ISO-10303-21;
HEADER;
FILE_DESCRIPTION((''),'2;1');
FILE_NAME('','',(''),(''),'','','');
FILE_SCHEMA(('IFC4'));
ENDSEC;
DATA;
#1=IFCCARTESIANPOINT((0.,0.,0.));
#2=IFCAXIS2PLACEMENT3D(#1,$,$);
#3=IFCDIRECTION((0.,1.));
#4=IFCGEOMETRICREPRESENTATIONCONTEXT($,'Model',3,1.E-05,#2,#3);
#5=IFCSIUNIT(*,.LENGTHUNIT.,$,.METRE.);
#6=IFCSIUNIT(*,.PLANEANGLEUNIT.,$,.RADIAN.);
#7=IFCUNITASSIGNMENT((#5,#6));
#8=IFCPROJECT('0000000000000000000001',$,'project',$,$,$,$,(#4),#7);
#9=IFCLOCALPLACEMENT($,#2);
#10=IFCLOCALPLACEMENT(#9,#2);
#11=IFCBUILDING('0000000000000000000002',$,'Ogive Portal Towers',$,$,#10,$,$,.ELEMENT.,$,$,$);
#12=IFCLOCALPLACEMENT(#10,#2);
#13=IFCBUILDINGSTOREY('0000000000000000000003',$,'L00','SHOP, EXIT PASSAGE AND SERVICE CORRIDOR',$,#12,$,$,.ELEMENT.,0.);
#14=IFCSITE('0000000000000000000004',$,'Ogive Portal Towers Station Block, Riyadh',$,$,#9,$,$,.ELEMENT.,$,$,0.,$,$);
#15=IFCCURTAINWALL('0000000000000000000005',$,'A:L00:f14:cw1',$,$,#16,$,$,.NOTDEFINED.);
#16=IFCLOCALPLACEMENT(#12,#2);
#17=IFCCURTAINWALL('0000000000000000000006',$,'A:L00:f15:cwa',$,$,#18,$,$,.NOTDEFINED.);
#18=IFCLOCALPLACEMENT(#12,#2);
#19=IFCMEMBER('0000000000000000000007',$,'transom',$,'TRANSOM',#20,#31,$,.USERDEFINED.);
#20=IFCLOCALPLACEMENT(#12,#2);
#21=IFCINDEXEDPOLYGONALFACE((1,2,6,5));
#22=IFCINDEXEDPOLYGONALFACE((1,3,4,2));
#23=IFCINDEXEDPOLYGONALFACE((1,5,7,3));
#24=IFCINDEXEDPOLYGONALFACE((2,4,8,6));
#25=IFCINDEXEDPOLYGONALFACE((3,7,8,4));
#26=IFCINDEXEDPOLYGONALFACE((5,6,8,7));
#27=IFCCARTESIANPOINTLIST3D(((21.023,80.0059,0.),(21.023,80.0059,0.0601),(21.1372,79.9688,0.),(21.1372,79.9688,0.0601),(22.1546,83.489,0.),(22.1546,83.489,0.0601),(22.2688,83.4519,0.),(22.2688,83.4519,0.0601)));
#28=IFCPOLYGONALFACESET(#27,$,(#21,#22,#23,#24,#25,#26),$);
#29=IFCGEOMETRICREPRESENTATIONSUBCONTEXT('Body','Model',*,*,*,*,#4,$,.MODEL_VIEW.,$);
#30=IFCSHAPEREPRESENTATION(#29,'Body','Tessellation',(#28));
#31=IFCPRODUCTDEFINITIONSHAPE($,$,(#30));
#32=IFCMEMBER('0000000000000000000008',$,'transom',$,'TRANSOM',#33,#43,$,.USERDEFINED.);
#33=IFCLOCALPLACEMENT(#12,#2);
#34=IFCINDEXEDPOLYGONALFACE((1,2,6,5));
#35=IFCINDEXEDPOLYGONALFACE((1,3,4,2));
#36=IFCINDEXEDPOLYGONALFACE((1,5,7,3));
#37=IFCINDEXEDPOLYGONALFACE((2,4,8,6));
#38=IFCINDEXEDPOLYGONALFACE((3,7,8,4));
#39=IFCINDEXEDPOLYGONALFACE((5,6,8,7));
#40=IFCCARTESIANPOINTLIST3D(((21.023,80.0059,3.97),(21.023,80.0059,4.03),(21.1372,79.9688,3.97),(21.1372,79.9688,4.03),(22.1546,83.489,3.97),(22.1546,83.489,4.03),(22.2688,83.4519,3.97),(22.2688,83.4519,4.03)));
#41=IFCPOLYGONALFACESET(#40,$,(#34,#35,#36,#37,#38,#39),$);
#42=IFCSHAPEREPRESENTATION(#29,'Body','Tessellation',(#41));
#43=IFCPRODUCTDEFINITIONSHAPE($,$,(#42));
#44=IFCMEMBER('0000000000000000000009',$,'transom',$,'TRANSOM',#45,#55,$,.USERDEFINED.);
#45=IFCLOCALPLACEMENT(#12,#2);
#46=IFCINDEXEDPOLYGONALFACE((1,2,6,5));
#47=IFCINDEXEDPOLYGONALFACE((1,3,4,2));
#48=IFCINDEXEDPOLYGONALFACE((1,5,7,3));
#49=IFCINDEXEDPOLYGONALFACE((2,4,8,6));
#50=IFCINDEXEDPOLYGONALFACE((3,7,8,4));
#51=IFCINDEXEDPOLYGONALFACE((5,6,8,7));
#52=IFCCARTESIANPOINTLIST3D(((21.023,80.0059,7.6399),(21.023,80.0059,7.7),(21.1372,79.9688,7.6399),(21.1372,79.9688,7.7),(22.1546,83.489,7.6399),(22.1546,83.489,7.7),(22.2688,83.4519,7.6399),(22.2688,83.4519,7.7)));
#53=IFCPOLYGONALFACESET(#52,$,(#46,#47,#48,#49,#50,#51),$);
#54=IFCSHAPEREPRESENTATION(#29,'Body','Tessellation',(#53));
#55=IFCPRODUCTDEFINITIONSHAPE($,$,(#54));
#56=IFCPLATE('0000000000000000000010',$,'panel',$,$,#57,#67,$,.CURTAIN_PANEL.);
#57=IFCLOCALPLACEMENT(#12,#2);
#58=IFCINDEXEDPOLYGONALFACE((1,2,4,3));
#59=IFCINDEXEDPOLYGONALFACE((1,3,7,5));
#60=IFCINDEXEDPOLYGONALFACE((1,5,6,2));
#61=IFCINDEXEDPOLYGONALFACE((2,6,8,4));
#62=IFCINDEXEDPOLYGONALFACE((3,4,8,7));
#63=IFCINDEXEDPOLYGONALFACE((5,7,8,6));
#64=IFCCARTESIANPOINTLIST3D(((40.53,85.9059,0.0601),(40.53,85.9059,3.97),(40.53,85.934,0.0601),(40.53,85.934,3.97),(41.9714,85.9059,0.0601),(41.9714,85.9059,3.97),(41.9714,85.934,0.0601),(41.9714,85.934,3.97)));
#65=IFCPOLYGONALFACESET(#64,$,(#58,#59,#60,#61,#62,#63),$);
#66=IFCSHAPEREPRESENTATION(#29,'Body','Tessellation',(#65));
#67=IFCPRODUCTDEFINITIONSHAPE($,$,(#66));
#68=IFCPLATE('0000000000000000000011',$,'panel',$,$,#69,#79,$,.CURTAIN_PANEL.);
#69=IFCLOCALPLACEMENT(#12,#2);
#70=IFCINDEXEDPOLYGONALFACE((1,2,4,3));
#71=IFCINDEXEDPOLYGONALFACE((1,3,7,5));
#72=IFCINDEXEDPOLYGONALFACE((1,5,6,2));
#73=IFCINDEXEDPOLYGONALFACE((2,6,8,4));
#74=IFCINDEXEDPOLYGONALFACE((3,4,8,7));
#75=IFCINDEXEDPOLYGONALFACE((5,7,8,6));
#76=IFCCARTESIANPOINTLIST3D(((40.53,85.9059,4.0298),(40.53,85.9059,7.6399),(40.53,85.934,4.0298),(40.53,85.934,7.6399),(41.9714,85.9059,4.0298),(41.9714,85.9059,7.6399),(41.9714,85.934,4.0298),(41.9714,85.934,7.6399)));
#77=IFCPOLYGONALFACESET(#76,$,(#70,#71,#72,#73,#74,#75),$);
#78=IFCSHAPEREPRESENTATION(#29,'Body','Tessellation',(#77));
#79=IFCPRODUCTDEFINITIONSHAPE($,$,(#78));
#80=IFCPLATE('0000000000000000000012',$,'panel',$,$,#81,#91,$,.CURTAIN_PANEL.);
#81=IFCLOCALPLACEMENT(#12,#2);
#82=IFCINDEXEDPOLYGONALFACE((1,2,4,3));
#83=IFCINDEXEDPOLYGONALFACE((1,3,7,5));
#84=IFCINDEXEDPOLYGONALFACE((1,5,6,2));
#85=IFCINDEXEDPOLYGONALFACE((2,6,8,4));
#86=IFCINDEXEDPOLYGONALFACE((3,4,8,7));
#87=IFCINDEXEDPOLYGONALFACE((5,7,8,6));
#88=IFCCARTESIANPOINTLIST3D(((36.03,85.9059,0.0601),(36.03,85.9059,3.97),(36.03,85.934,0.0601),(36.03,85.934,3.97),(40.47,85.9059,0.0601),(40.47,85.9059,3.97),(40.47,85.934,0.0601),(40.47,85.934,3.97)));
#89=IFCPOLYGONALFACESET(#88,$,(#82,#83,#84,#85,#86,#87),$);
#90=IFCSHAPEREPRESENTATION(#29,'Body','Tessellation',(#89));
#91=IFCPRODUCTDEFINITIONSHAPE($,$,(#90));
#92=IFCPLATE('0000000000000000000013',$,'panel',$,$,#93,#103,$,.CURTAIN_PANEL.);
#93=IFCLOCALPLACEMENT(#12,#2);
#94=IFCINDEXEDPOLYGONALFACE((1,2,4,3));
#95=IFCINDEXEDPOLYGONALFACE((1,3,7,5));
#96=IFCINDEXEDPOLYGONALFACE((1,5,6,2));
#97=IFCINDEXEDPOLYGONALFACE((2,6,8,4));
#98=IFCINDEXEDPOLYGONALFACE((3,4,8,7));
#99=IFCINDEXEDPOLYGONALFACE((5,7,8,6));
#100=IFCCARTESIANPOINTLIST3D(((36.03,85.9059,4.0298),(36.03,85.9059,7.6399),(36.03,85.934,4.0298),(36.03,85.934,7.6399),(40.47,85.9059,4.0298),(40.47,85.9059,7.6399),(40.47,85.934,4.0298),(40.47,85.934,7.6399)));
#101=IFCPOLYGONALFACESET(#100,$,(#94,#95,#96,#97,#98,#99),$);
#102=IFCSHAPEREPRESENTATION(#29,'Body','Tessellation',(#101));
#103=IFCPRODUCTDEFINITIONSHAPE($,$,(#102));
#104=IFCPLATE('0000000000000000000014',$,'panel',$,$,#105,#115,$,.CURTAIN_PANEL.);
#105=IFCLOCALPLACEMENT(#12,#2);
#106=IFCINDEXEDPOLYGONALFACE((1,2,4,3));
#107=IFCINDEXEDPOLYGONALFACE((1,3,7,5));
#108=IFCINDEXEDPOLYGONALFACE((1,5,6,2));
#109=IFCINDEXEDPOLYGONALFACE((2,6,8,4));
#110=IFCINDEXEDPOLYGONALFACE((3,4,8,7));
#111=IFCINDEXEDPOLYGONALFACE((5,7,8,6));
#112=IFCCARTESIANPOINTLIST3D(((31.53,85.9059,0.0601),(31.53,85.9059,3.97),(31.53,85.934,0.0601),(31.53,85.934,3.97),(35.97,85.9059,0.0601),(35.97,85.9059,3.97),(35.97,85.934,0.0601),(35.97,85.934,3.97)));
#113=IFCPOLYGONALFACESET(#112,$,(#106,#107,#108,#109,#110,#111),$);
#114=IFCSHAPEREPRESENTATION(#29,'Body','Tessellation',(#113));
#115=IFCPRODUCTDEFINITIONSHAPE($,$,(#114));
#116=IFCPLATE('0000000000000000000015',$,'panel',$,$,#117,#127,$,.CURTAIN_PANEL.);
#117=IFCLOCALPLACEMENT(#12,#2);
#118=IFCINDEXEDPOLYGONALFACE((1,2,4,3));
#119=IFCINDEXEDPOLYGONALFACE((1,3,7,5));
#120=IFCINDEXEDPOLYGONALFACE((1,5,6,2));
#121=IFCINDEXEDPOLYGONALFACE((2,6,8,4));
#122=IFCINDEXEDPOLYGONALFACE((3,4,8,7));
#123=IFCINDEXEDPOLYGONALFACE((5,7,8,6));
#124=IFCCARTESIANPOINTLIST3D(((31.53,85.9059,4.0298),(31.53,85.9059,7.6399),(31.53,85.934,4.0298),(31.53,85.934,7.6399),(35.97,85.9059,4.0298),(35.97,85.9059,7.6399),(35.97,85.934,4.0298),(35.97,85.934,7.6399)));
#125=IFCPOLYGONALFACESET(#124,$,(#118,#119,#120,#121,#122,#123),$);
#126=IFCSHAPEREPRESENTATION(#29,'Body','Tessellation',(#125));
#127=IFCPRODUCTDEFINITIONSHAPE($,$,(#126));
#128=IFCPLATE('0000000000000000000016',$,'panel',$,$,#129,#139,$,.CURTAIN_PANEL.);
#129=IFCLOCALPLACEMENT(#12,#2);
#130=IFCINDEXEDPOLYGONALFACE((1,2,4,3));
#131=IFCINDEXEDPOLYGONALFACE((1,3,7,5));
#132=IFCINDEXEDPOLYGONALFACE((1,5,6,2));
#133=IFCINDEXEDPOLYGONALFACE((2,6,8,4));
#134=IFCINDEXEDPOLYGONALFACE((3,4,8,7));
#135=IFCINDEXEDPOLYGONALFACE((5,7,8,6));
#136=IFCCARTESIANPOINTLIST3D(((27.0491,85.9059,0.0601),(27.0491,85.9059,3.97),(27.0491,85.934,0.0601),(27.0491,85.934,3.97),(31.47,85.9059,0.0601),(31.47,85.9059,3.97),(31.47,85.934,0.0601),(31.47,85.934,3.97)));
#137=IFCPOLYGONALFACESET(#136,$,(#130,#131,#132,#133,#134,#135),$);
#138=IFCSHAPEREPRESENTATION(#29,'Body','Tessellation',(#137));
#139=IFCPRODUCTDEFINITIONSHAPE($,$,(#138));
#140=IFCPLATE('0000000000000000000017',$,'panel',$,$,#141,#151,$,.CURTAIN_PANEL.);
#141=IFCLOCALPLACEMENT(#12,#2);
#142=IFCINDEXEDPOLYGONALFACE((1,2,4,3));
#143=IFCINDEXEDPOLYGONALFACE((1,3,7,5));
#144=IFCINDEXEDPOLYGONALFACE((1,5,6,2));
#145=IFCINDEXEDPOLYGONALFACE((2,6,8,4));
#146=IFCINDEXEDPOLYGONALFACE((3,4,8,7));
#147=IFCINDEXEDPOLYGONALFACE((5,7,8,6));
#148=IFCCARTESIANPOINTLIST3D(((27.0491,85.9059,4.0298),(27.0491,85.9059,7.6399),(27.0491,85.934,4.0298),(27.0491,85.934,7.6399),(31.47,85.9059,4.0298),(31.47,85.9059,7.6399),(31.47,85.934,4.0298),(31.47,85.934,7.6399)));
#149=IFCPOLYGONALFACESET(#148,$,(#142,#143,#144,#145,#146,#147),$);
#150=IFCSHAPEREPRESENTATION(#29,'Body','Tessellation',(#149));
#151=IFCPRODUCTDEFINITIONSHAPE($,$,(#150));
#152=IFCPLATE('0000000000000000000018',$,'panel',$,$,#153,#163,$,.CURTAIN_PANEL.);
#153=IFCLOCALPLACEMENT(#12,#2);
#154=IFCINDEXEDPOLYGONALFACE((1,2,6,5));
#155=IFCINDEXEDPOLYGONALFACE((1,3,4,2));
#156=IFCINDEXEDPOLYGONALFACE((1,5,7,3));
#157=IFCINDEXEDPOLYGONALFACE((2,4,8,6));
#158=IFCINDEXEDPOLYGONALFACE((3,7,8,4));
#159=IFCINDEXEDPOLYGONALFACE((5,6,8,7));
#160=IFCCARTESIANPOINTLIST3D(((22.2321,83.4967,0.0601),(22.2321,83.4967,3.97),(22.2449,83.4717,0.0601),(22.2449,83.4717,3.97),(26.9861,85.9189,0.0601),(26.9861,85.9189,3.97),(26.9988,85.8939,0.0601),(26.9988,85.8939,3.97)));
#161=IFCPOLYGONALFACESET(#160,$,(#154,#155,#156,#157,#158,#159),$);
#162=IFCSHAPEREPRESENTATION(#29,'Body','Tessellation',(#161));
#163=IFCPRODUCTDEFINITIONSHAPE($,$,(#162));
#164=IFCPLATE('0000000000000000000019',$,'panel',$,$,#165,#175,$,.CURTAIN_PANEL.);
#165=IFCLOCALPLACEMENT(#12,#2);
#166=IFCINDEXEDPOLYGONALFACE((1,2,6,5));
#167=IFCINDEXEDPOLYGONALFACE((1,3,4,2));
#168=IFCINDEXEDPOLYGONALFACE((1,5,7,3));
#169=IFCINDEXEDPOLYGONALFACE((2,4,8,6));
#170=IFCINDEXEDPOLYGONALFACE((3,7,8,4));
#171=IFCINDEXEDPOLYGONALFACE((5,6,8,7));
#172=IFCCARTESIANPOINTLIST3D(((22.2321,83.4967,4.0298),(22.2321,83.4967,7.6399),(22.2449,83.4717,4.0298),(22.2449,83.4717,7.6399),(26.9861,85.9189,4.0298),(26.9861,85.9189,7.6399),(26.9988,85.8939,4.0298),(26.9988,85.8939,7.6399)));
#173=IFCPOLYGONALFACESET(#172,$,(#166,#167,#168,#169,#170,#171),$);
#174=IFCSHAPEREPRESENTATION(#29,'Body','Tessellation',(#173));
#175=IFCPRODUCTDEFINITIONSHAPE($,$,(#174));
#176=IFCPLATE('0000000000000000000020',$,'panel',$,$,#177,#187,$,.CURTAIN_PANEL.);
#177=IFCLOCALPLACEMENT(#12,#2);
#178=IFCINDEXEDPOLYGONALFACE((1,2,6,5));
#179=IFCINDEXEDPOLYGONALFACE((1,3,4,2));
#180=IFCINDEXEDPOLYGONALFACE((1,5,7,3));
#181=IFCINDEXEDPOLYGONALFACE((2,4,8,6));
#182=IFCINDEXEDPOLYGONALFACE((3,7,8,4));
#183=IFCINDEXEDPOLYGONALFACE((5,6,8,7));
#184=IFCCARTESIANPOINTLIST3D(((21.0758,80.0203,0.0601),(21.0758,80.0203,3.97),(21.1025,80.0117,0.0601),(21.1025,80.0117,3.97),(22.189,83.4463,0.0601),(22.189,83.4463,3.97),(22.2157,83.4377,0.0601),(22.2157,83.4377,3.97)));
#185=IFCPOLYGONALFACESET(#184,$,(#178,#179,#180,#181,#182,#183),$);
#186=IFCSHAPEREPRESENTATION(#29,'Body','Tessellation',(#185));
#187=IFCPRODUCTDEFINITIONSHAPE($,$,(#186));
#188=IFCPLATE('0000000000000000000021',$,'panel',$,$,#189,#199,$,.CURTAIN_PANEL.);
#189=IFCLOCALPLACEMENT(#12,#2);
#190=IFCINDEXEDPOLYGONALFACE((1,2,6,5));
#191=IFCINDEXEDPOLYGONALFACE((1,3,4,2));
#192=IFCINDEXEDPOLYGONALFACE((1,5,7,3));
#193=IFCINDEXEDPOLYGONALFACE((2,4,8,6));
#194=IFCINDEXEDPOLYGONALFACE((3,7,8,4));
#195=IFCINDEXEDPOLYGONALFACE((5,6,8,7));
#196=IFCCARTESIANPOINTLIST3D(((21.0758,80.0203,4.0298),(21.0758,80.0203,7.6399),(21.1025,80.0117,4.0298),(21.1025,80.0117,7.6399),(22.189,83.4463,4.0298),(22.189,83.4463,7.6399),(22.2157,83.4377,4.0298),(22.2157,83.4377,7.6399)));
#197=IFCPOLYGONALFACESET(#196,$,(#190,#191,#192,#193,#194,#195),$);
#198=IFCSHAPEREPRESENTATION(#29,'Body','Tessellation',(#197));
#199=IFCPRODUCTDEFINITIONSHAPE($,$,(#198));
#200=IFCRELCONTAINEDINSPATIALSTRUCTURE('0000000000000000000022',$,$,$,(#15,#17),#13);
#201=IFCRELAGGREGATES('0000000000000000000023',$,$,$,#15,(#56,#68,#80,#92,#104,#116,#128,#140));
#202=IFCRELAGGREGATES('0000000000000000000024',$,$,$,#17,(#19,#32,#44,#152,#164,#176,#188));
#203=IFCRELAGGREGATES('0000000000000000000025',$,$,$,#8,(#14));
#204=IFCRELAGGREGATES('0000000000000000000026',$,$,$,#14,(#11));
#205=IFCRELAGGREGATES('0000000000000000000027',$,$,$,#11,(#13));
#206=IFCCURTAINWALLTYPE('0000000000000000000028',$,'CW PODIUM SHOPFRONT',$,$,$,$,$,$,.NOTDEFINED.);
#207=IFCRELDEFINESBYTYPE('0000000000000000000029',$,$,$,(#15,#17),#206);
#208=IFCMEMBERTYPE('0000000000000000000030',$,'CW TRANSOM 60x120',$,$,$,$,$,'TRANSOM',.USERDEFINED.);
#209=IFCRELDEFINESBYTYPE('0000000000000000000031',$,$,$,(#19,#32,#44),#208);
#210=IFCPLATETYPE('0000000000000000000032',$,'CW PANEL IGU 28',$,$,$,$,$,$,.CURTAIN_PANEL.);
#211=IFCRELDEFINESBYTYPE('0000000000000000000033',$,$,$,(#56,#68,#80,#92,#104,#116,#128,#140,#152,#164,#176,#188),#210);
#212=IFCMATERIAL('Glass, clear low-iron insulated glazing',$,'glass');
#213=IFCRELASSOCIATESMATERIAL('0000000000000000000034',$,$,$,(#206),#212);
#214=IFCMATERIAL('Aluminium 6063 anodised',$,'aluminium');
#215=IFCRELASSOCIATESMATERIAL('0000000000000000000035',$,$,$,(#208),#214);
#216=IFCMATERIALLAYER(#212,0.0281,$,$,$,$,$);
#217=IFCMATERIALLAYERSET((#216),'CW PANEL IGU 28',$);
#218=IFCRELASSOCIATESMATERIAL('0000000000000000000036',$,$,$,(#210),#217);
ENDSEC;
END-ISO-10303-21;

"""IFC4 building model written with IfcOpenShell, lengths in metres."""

from ifc_helpers import new_model, si_unit, direction, frame, origin, origin_2d, place, context, subcontext, project, spatial, rectangle, extrude, material, layer, layer_set, material_profile, profile_set, type_object, element, aggregate, save


model = new_model("IFC4")

# Units and contexts
model_context = context("Model", 3, precision=1e-05, world=origin(), true_north=direction((0.0, 1.0)))
body_context = subcontext(model_context, "Body", "Model", "MODEL_VIEW")
ifc_project = project(units=[si_unit("LENGTHUNIT", "METRE"), si_unit("PLANEANGLEUNIT", "RADIAN")], contexts=[model_context])

# Site, building, storey
site_placement = place(None, origin())
site = spatial("IfcSite", under=ifc_project, at=site_placement, Name="Ogive Portal Towers Station Block, Riyadh", CompositionType="ELEMENT", RefElevation=0.0)
building_placement = place(site_placement, origin())
building = spatial("IfcBuilding", under=site, at=building_placement, Name="Ogive Portal Towers", CompositionType="ELEMENT")
storey_placement = place(building_placement, origin())
storey = spatial("IfcBuildingStorey", under=building, at=storey_placement, Name="L00", Description="SHOP, EXIT PASSAGE AND SERVICE CORRIDOR", CompositionType="ELEMENT", Elevation=0.0)

# Curtain wall
ifc_material_1 = material(Name="Glass, clear low-iron insulated glazing", Category="glass")
curtain_wall_type = type_object("IfcCurtainWallType", Name="CW PODIUM SHOPFRONT", PredefinedType="NOTDEFINED", material=ifc_material_1)
curtain_wall_1_placement = place(storey_placement, origin())
curtain_wall_1 = element("IfcCurtainWall", 1, at=curtain_wall_1_placement, inside=storey, type_object=curtain_wall_type, Name="A:L00:f14:cw1", PredefinedType="NOTDEFINED")
ifc_material_2 = material(Name="Aluminium 6063 anodised", Category="aluminium")

# Curtain wall
curtain_wall_2_placement = place(storey_placement, origin())
curtain_wall_2 = element("IfcCurtainWall", 2, at=curtain_wall_2_placement, inside=storey, type_object=curtain_wall_type, Name="A:L00:f15:cwa", PredefinedType="NOTDEFINED")

# Members
ifc_material_profile_1 = material_profile(ifc_material_2, rectangle(XDim=0.1201, YDim=0.0601, at=origin_2d()), Name="AL 120x60")
ifc_profile_set_1 = profile_set([ifc_material_profile_1], Name="Aluminium 6063 anodised")
member_type_1 = type_object("IfcMemberType", Name="CW TRANSOM 60x120", ElementType="TRANSOM", PredefinedType="USERDEFINED", material=ifc_profile_set_1)
member_1_placement = place(storey_placement, frame((22.2117, 83.4705, 0.03), z_axis=(-0.308979, -0.951069, 0.0), x_axis=(0.951069, -0.308979, 0.0)))
member_1 = element("IfcMember", 3, at=member_1_placement, type_object=member_type_1, Name="transom", ObjectType="TRANSOM", PredefinedType="USERDEFINED", context=body_context, shape_type="SweptSolid", body=[
    extrude(rectangle(XDim=0.1201, YDim=0.0601, at=origin_2d()), origin(), (0.0, 0.0, 1.0), 3.6624),
])
member_2_placement = place(storey_placement, frame((22.2117, 83.4705, 4.0), z_axis=(-0.308979, -0.951069, 0.0), x_axis=(0.951069, -0.308979, 0.0)))
member_2 = element("IfcMember", 4, at=member_2_placement, type_object=member_type_1, Name="transom", ObjectType="TRANSOM", PredefinedType="USERDEFINED", context=body_context, shape_type="SweptSolid", body=[
    extrude(rectangle(XDim=0.1201, YDim=0.0601, at=origin_2d()), origin(), (0.0, 0.0, 1.0), 3.6624),
])
member_3_placement = place(storey_placement, frame((22.2117, 83.4705, 7.6699), z_axis=(-0.308979, -0.951069, 0.0), x_axis=(0.951069, -0.308979, 0.0)))
member_3 = element("IfcMember", 5, at=member_3_placement, type_object=member_type_1, Name="transom", ObjectType="TRANSOM", PredefinedType="USERDEFINED", context=body_context, shape_type="SweptSolid", body=[
    extrude(rectangle(XDim=0.1201, YDim=0.0601, at=origin_2d()), origin(), (0.0, 0.0, 1.0), 3.6624),
])

# Plates
ifc_layer = layer(ifc_material_1, 0.0281)
ifc_layer_set = layer_set([ifc_layer], Name="CW PANEL IGU 28")
plate_type = type_object("IfcPlateType", Name="CW PANEL IGU 28", PredefinedType="CURTAIN_PANEL", material=ifc_layer_set)
plate_1_placement = place(storey_placement, frame((41.2507, 85.9199, 0.0601), z_axis=(0.0, 0.0, 1.0), x_axis=(-1.0, 0.0, 0.0)))
plate_1 = element("IfcPlate", 6, at=plate_1_placement, type_object=plate_type, Name="panel", PredefinedType="CURTAIN_PANEL", context=body_context, shape_type="SweptSolid", body=[
    extrude(rectangle(XDim=1.4414, YDim=0.0281, at=origin_2d()), origin(), (0.0, 0.0, 1.0), 3.9099),
])
plate_2_placement = place(storey_placement, frame((41.2507, 85.9199, 4.0298), z_axis=(0.0, 0.0, 1.0), x_axis=(-1.0, 0.0, 0.0)))
plate_2 = element("IfcPlate", 7, at=plate_2_placement, type_object=plate_type, Name="panel", PredefinedType="CURTAIN_PANEL", context=body_context, shape_type="SweptSolid", body=[
    extrude(rectangle(XDim=1.4414, YDim=0.0281, at=origin_2d()), origin(), (0.0, 0.0, 1.0), 3.6101),
])
plate_3_placement = place(storey_placement, frame((38.25, 85.9199, 0.0601), z_axis=(0.0, 0.0, 1.0), x_axis=(-1.0, 0.0, 0.0)))
plate_3 = element("IfcPlate", 8, at=plate_3_placement, type_object=plate_type, Name="panel", PredefinedType="CURTAIN_PANEL", context=body_context, shape_type="SweptSolid", body=[
    extrude(rectangle(XDim=4.4399, YDim=0.0281, at=origin_2d()), origin(), (0.0, 0.0, 1.0), 3.9099),
])
plate_4_placement = place(storey_placement, frame((38.25, 85.9199, 4.0298), z_axis=(0.0, 0.0, 1.0), x_axis=(-1.0, 0.0, 0.0)))
plate_4 = element("IfcPlate", 9, at=plate_4_placement, type_object=plate_type, Name="panel", PredefinedType="CURTAIN_PANEL", context=body_context, shape_type="SweptSolid", body=[
    extrude(rectangle(XDim=4.4399, YDim=0.0281, at=origin_2d()), origin(), (0.0, 0.0, 1.0), 3.6101),
])
plate_5_placement = place(storey_placement, frame((33.75, 85.9199, 0.0601), z_axis=(0.0, 0.0, 1.0), x_axis=(-1.0, 0.0, 0.0)))
plate_5 = element("IfcPlate", 10, at=plate_5_placement, type_object=plate_type, Name="panel", PredefinedType="CURTAIN_PANEL", context=body_context, shape_type="SweptSolid", body=[
    extrude(rectangle(XDim=4.4399, YDim=0.0281, at=origin_2d()), origin(), (0.0, 0.0, 1.0), 3.9099),
])
plate_6_placement = place(storey_placement, frame((33.75, 85.9199, 4.0298), z_axis=(0.0, 0.0, 1.0), x_axis=(-1.0, 0.0, 0.0)))
plate_6 = element("IfcPlate", 11, at=plate_6_placement, type_object=plate_type, Name="panel", PredefinedType="CURTAIN_PANEL", context=body_context, shape_type="SweptSolid", body=[
    extrude(rectangle(XDim=4.4399, YDim=0.0281, at=origin_2d()), origin(), (0.0, 0.0, 1.0), 3.6101),
])
plate_7_placement = place(storey_placement, frame((29.2595, 85.9199, 0.0601), z_axis=(0.0, 0.0, 1.0), x_axis=(-1.0, 0.0, 0.0)))
plate_7 = element("IfcPlate", 12, at=plate_7_placement, type_object=plate_type, Name="panel", PredefinedType="CURTAIN_PANEL", context=body_context, shape_type="SweptSolid", body=[
    extrude(rectangle(XDim=4.4209, YDim=0.0281, at=origin_2d()), origin(), (0.0, 0.0, 1.0), 3.9099),
])
plate_8_placement = place(storey_placement, frame((29.2595, 85.9199, 4.0298), z_axis=(0.0, 0.0, 1.0), x_axis=(-1.0, 0.0, 0.0)))
plate_8 = element("IfcPlate", 13, at=plate_8_placement, type_object=plate_type, Name="panel", PredefinedType="CURTAIN_PANEL", context=body_context, shape_type="SweptSolid", body=[
    extrude(rectangle(XDim=4.4209, YDim=0.0281, at=origin_2d()), origin(), (0.0, 0.0, 1.0), 3.6101),
])
aggregate(curtain_wall_1, [plate_1, plate_2, plate_3, plate_4, plate_5, plate_6, plate_7, plate_8])
plate_9_placement = place(storey_placement, frame((24.6155, 84.6953, 0.0601), z_axis=(0.0, 0.0, 1.0), x_axis=(-0.891007, -0.45399, 0.0)))
plate_9 = element("IfcPlate", 14, at=plate_9_placement, type_object=plate_type, Name="panel", PredefinedType="CURTAIN_PANEL", context=body_context, shape_type="SweptSolid", body=[
    extrude(rectangle(XDim=5.3354, YDim=0.0281, at=origin_2d()), origin(), (0.0, 0.0, 1.0), 3.9099),
])
plate_10_placement = place(storey_placement, frame((24.6155, 84.6953, 4.0298), z_axis=(0.0, 0.0, 1.0), x_axis=(-0.891007, -0.45399, 0.0)))
plate_10 = element("IfcPlate", 15, at=plate_10_placement, type_object=plate_type, Name="panel", PredefinedType="CURTAIN_PANEL", context=body_context, shape_type="SweptSolid", body=[
    extrude(rectangle(XDim=5.3354, YDim=0.0281, at=origin_2d()), origin(), (0.0, 0.0, 1.0), 3.6101),
])
plate_11_placement = place(storey_placement, frame((21.6458, 81.729, 0.0601), z_axis=(0.0, 0.0, 1.0), x_axis=(-0.309017, -0.951057, 0.0)))
plate_11 = element("IfcPlate", 16, at=plate_11_placement, type_object=plate_type, Name="panel", PredefinedType="CURTAIN_PANEL", context=body_context, shape_type="SweptSolid", body=[
    extrude(rectangle(XDim=3.6023, YDim=0.0281, at=origin_2d()), origin(), (0.0, 0.0, 1.0), 3.9099),
])
plate_12_placement = place(storey_placement, frame((21.6458, 81.729, 4.0298), z_axis=(0.0, 0.0, 1.0), x_axis=(-0.309017, -0.951057, 0.0)))
plate_12 = element("IfcPlate", 17, at=plate_12_placement, type_object=plate_type, Name="panel", PredefinedType="CURTAIN_PANEL", context=body_context, shape_type="SweptSolid", body=[
    extrude(rectangle(XDim=3.6023, YDim=0.0281, at=origin_2d()), origin(), (0.0, 0.0, 1.0), 3.6101),
])
aggregate(curtain_wall_2, [member_1, member_2, member_3, plate_9, plate_10, plate_11, plate_12])

save(model, "model.ifc")
